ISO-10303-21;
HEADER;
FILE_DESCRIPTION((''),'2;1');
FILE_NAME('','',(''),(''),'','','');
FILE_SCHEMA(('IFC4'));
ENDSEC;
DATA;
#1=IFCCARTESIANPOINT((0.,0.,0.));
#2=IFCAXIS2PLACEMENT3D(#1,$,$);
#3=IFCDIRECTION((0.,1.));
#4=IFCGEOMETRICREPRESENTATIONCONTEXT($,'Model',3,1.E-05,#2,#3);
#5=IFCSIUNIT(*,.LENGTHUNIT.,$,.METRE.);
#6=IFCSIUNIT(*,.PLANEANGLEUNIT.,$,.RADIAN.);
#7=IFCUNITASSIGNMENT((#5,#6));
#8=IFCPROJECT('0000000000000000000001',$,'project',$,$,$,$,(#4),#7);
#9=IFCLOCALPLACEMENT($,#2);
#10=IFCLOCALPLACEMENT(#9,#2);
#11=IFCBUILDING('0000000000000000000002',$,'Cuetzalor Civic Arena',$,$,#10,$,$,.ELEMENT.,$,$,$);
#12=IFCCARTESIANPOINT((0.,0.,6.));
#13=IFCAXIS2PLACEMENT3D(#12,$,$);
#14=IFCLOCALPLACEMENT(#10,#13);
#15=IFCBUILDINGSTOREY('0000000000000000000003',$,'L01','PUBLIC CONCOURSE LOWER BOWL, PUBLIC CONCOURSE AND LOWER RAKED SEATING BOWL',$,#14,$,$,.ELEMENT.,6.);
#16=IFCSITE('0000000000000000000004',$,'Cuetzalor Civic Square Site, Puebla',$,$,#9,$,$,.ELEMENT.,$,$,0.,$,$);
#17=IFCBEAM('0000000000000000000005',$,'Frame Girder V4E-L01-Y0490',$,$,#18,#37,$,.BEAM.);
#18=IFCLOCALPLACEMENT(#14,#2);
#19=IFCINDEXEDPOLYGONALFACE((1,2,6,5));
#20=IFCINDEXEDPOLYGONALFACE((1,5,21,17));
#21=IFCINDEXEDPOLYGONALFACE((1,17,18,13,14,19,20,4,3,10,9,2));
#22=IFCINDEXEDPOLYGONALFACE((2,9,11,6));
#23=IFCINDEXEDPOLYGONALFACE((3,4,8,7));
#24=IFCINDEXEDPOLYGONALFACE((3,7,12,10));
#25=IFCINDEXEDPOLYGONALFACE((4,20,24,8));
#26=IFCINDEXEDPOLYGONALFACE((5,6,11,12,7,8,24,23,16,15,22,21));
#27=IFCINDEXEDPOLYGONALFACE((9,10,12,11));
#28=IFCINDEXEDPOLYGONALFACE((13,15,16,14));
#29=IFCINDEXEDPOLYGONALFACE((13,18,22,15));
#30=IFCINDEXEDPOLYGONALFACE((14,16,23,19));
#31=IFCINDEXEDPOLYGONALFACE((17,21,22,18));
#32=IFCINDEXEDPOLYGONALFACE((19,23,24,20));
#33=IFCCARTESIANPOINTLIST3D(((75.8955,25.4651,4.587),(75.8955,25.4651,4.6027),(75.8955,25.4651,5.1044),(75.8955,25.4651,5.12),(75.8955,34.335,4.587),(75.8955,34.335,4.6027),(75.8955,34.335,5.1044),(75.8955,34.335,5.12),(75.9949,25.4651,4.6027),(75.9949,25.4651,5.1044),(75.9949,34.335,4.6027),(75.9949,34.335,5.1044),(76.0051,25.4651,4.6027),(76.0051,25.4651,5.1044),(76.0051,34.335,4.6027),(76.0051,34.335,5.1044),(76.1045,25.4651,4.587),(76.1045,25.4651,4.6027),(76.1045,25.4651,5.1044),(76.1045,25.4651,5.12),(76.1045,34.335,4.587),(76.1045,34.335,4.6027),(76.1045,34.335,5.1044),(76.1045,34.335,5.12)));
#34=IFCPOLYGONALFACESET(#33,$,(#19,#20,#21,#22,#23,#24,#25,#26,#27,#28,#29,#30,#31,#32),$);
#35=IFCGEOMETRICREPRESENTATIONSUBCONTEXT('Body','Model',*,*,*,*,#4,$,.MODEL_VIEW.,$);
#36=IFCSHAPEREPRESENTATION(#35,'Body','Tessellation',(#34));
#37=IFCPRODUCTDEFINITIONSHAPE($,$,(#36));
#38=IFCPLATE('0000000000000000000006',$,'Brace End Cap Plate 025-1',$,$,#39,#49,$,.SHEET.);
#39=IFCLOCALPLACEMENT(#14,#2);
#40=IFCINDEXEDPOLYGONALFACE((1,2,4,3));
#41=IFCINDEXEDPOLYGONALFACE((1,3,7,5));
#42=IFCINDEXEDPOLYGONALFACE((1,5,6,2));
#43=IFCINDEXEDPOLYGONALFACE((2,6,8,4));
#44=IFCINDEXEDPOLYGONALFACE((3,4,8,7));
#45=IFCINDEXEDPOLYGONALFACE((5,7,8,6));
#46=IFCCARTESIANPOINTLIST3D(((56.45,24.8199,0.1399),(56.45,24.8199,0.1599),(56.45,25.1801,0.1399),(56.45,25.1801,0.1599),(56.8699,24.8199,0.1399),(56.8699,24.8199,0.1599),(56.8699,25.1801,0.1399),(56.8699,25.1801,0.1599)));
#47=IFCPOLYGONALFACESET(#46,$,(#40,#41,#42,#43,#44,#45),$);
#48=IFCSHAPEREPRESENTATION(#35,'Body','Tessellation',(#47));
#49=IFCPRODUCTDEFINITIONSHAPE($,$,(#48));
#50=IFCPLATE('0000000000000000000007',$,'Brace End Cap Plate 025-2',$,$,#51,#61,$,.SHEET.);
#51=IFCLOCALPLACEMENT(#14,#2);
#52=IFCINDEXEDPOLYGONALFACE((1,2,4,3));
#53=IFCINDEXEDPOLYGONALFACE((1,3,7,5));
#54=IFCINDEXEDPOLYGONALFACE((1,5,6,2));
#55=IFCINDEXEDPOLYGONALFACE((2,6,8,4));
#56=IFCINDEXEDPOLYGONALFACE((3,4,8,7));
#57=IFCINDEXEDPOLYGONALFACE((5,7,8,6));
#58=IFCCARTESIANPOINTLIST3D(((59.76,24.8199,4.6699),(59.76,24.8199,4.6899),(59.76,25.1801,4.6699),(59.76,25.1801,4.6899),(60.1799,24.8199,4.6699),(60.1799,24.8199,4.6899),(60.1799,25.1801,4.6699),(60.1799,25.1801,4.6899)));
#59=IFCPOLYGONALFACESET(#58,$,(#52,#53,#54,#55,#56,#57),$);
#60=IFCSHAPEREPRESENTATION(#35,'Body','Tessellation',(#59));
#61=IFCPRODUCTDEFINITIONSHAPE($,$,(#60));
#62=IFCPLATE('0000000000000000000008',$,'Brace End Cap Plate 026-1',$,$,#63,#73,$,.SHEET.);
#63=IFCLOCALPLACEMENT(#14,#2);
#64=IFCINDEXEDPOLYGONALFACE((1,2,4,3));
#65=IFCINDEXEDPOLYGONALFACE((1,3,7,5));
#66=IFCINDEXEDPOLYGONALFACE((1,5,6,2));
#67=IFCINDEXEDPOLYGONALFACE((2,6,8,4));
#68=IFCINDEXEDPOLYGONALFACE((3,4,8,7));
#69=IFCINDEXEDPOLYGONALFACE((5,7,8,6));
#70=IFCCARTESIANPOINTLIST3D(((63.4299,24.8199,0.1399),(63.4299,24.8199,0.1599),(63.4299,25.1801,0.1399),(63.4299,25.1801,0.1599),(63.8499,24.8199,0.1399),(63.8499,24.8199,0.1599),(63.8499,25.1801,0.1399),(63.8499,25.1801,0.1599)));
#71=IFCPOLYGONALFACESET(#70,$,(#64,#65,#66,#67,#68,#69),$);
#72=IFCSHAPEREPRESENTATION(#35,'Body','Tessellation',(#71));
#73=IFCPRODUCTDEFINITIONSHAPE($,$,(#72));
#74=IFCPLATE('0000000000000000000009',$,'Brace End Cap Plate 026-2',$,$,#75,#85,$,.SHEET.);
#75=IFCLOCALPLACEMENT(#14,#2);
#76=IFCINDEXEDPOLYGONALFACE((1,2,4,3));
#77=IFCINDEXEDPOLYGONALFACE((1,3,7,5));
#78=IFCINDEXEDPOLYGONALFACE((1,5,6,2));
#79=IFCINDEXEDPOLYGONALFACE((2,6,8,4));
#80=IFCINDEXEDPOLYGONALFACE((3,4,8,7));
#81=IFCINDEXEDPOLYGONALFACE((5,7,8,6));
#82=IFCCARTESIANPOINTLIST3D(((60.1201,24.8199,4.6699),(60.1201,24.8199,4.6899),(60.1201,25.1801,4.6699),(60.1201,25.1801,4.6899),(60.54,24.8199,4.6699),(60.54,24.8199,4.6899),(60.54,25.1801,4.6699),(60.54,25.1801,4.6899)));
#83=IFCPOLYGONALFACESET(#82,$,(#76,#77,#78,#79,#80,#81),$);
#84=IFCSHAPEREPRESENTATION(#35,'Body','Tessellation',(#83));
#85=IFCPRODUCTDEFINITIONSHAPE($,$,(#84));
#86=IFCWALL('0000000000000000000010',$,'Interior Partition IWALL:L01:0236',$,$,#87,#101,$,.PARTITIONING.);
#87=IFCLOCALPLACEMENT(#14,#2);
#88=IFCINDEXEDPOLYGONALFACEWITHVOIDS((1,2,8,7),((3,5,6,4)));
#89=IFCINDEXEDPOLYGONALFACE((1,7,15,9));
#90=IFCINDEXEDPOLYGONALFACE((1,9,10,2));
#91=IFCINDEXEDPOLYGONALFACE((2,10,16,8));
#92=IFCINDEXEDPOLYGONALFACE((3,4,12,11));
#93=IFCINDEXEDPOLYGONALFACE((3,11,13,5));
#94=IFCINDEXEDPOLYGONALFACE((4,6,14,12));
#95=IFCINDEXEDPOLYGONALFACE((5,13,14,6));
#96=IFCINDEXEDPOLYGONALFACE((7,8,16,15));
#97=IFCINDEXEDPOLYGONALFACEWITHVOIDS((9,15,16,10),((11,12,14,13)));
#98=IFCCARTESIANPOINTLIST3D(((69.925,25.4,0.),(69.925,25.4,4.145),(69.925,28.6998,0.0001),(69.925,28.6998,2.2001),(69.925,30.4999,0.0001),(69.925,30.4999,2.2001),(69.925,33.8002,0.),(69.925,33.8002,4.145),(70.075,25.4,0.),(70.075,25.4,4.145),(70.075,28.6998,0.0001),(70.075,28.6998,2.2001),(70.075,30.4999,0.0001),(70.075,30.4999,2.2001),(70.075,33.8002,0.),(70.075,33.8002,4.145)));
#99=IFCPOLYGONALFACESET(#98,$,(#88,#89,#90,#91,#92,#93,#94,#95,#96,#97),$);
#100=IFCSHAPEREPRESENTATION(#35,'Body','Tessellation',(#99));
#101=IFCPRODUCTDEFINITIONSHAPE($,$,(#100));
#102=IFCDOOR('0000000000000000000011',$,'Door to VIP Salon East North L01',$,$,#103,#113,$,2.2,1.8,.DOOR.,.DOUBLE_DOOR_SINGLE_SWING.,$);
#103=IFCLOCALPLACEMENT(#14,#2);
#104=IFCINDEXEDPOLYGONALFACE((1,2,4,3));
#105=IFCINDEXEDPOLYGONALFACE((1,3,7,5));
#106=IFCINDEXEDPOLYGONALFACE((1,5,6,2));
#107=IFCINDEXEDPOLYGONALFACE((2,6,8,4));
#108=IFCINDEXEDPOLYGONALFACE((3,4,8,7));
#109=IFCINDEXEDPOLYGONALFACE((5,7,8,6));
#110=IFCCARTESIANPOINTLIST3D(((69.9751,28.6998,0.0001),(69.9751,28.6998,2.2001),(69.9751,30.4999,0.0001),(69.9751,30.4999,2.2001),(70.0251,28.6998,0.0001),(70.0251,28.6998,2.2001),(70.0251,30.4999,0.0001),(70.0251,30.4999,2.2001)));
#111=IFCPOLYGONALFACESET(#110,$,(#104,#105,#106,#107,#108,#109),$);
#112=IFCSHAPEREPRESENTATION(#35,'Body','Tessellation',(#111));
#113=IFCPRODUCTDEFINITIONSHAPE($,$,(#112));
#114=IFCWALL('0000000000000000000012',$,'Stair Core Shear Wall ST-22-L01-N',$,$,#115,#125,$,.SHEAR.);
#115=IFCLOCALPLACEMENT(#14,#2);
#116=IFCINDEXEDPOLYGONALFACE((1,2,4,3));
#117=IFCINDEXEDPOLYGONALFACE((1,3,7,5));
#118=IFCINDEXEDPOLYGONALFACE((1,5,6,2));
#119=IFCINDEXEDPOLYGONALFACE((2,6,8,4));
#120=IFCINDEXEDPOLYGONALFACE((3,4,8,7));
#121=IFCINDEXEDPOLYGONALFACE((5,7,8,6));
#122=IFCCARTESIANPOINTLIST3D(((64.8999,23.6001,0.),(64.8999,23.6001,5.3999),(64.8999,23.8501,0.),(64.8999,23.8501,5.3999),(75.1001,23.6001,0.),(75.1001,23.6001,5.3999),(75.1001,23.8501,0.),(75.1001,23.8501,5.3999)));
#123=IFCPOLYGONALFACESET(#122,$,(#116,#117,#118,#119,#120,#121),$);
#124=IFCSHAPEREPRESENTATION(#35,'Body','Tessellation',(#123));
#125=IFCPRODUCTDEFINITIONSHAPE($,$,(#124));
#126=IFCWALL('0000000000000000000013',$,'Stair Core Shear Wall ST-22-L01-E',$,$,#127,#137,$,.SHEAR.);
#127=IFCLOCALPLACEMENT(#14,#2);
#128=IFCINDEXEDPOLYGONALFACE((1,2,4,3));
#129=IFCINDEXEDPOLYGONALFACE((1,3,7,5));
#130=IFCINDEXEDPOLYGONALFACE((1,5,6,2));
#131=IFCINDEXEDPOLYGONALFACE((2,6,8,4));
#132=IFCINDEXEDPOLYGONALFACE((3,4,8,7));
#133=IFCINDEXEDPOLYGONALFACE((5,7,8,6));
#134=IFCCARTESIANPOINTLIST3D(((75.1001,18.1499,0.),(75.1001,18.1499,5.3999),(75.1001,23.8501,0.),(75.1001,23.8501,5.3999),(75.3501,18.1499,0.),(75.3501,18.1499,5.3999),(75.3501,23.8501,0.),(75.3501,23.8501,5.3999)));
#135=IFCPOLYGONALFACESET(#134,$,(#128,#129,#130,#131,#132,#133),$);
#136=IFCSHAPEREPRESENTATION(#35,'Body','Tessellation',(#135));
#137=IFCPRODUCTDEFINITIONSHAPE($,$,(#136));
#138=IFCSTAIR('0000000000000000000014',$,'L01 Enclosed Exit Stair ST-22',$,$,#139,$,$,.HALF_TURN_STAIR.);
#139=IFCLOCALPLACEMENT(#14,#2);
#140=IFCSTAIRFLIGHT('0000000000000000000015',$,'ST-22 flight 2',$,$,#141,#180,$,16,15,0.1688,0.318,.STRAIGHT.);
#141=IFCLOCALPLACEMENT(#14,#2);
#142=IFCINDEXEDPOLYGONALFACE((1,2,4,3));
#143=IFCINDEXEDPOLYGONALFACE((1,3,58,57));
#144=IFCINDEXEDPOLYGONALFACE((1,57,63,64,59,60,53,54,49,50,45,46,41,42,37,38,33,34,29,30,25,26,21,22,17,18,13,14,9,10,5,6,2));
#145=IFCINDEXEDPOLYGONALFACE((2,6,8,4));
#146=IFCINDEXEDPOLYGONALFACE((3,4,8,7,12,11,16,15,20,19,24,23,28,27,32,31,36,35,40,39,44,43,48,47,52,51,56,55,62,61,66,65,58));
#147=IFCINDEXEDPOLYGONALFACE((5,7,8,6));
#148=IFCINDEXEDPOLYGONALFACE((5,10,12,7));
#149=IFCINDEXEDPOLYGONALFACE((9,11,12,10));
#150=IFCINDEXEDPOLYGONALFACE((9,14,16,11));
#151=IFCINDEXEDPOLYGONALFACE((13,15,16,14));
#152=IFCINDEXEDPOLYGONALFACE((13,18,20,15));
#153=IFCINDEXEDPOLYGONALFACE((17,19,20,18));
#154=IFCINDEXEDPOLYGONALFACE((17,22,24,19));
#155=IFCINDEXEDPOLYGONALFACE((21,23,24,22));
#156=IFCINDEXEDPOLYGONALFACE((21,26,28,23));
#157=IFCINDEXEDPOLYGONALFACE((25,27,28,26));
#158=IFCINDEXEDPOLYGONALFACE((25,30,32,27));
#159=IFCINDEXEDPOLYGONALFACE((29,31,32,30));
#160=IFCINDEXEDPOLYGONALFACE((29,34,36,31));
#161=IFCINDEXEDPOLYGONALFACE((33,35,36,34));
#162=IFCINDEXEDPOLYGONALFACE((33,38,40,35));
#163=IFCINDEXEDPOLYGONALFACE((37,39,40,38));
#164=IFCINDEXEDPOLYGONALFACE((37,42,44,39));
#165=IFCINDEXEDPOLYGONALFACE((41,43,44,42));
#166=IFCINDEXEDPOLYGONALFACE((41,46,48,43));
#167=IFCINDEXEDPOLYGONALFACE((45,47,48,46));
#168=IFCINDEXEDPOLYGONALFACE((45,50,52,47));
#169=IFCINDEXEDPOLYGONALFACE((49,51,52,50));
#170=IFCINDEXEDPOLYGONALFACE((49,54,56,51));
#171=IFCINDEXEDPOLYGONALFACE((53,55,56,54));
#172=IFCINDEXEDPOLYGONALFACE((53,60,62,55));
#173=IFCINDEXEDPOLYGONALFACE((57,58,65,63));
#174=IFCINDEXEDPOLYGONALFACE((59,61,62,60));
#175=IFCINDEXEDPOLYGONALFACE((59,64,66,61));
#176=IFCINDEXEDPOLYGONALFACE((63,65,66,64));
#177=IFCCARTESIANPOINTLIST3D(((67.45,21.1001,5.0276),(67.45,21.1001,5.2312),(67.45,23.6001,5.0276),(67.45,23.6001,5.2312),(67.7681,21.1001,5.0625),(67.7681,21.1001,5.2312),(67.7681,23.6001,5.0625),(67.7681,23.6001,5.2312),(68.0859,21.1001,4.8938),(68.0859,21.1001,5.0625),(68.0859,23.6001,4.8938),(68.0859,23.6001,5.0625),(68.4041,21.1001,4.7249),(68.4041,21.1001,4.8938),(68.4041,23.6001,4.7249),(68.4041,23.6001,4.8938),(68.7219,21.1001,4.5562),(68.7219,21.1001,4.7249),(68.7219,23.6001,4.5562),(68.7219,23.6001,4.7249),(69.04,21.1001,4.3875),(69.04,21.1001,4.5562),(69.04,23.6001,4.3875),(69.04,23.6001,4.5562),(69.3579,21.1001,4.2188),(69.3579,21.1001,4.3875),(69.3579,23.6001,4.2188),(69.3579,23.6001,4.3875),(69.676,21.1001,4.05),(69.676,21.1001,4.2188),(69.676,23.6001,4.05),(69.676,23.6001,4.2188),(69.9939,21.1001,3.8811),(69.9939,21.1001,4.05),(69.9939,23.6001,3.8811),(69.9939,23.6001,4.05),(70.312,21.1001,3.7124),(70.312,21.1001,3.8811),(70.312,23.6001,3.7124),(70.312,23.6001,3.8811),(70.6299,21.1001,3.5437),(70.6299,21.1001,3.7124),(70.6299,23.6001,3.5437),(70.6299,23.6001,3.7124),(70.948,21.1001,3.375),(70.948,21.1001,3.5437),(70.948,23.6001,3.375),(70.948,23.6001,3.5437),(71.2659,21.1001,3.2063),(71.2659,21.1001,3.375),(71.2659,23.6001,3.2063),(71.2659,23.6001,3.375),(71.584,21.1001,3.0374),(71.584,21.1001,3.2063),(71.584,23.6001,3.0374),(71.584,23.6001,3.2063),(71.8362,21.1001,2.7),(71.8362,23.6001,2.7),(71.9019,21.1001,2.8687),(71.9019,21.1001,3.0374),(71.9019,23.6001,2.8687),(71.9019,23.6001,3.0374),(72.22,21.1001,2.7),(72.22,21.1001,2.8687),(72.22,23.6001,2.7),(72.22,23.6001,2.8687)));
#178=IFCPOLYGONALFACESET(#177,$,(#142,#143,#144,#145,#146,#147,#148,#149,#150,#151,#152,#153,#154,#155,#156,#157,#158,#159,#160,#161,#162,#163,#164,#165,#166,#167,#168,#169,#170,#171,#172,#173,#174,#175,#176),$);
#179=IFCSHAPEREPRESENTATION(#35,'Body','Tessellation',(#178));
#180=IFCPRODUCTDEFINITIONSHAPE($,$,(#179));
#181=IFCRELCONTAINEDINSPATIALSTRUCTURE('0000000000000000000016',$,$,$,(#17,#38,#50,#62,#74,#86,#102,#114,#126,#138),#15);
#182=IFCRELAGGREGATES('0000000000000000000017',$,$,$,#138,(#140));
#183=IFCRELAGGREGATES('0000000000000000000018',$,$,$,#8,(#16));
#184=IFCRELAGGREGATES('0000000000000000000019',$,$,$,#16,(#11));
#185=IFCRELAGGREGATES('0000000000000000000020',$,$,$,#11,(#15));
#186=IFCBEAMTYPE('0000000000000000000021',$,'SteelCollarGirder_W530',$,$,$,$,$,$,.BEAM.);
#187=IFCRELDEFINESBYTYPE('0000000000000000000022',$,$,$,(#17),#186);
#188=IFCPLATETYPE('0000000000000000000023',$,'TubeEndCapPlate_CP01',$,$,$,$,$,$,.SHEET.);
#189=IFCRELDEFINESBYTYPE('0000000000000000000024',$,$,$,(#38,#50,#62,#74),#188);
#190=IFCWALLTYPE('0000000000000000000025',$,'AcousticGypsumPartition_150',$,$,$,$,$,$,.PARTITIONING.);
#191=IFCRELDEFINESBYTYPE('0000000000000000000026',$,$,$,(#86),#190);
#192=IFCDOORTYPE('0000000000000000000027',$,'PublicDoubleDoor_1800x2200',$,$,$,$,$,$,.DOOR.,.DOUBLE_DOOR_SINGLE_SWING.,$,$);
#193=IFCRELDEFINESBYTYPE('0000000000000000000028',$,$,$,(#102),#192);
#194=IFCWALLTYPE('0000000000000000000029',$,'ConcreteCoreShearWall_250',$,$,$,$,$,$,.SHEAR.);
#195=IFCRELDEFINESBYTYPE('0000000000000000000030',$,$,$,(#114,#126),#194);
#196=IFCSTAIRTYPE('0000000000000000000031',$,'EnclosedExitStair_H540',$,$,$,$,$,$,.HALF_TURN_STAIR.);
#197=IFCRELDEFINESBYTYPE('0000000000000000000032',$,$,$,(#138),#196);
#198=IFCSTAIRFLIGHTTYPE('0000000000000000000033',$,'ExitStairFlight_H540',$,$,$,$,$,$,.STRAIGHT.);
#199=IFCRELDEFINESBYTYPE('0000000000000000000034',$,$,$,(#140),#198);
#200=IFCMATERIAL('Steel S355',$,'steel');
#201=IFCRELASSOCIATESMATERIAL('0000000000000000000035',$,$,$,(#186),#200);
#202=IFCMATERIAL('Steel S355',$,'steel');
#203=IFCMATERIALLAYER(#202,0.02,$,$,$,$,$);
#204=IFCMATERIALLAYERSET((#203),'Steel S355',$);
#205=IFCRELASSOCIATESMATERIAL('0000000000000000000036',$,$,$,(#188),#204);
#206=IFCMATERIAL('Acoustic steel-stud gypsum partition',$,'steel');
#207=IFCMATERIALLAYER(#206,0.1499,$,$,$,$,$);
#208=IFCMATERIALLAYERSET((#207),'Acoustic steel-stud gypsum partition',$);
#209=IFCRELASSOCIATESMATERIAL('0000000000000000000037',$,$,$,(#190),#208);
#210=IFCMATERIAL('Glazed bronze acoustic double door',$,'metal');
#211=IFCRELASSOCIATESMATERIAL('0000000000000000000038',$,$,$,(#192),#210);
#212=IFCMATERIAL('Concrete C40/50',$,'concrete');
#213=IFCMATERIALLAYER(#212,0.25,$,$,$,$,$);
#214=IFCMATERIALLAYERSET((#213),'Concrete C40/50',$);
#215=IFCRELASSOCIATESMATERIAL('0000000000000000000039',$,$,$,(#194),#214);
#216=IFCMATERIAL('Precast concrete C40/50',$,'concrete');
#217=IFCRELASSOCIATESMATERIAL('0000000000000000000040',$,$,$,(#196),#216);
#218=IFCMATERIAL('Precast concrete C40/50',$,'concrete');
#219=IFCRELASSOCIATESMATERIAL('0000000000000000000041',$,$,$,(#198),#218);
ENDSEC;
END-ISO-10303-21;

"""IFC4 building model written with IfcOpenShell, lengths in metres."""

from ifc_helpers import new_model, si_unit, direction, frame, frame_2d, origin, origin_2d, place, context, subcontext, project, spatial, polyline, rectangle, i_section, outline, extrude, material, layer, layer_set, material_profile, profile_set, type_object, element, fill, aggregate, save


model = new_model("IFC4")

# Units and contexts
model_context = context("Model", 3, precision=1e-05, world=origin(), true_north=direction((0.0, 1.0)))
body_context = subcontext(model_context, "Body", "Model", "MODEL_VIEW")
ifc_project = project(units=[si_unit("LENGTHUNIT", "METRE"), si_unit("PLANEANGLEUNIT", "RADIAN")], contexts=[model_context])

# Site, building, storey
site_placement = place(None, origin())
site = spatial("IfcSite", under=ifc_project, at=site_placement, Name="Cuetzalor Civic Square Site, Puebla", CompositionType="ELEMENT", RefElevation=0.0)
building_placement = place(site_placement, origin())
building = spatial("IfcBuilding", under=site, at=building_placement, Name="Cuetzalor Civic Arena", CompositionType="ELEMENT")
storey_placement = place(building_placement, frame((0.0, 0.0, 6.0)))
storey = spatial("IfcBuildingStorey", under=building, at=storey_placement, Name="L01", Description="PUBLIC CONCOURSE LOWER BOWL, PUBLIC CONCOURSE AND LOWER RAKED SEATING BOWL", CompositionType="ELEMENT", Elevation=6.0)

# Beam
ifc_material_1 = material(Name="Steel S355", Category="steel")
ifc_material_profile_1 = material_profile(ifc_material_1, i_section(OverallWidth=0.209, OverallDepth=0.533, WebThickness=0.0103, FlangeThickness=0.0156, at=origin_2d()), Name="W530x92")
ifc_profile_set_1 = profile_set([ifc_material_profile_1], Name="Steel S355")
beam_type_1 = type_object("IfcBeamType", Name="SteelCollarGirder_W530", PredefinedType="BEAM", material=ifc_profile_set_1)
for number, where, z_axis, x_axis, name in (
    (1, (76.0, 25.4651, 4.8535), (0.0, 1.0, 0.0), (-1.0, 0.0, 0.0), "Frame Girder V4E-L01-Y0490"),
):
    element("IfcBeam", number, at=place(storey_placement, frame(where, z_axis=z_axis, x_axis=x_axis)), inside=storey, type_object=beam_type_1, Name=name, PredefinedType="BEAM", context=body_context, shape_type="SweptSolid", body=[
        extrude(i_section(OverallWidth=0.209, OverallDepth=0.533, WebThickness=0.0103, FlangeThickness=0.0156, at=origin_2d()), origin(), (0.0, 0.0, 1.0), 8.8699),
    ])

# Plates
ifc_material_2 = material(Name="Steel S355", Category="steel")
ifc_layer_1 = layer(ifc_material_2, 0.02)
ifc_layer_set_1 = layer_set([ifc_layer_1], Name="Steel S355")
plate_type = type_object("IfcPlateType", Name="TubeEndCapPlate_CP01", PredefinedType="SHEET", material=ifc_layer_set_1)
for number, where, z_axis, x_axis, name in (
    (2, (56.6599, 25.0, 0.1399), (0.0, 0.0, 1.0), (1.0, 0.0, 0.0), "Brace End Cap Plate 025-1"),
    (3, (59.97, 25.0, 4.6699), (0.0, 0.0, 1.0), (1.0, 0.0, 0.0), "Brace End Cap Plate 025-2"),
    (4, (63.6399, 25.0, 0.1399), (0.0, 0.0, 1.0), (1.0, 0.0, 0.0), "Brace End Cap Plate 026-1"),
    (5, (60.3301, 25.0, 4.6699), (0.0, 0.0, 1.0), (1.0, 0.0, 0.0), "Brace End Cap Plate 026-2"),
):
    element("IfcPlate", number, at=place(storey_placement, frame(where, z_axis=z_axis, x_axis=x_axis)), inside=storey, type_object=plate_type, Name=name, PredefinedType="SHEET", context=body_context, shape_type="SweptSolid", body=[
        extrude(rectangle(XDim=0.4199, YDim=0.3601, at=origin_2d()), origin(), (0.0, 0.0, 1.0), 0.02),
    ])

# Wall, opening, door
ifc_material_3 = material(Name="Acoustic steel-stud gypsum partition", Category="steel")
ifc_layer_2 = layer(ifc_material_3, 0.1499)
ifc_layer_set_2 = layer_set([ifc_layer_2], Name="Acoustic steel-stud gypsum partition")
wall_type_1 = type_object("IfcWallType", Name="AcousticGypsumPartition_150", PredefinedType="PARTITIONING", material=ifc_layer_set_2)
wall_1_placement = place(storey_placement, frame((70.0, 25.3999, 0.0), z_axis=(0.0, 0.0, 1.0), x_axis=(0.0, 1.0, 0.0)))
wall_1 = element("IfcWall", 6, at=wall_1_placement, inside=storey, type_object=wall_type_1, Name="Interior Partition IWALL:L01:0236", PredefinedType="PARTITIONING", context=body_context, shape_type="SweptSolid", body=[
    extrude(rectangle(XDim=8.4001, YDim=0.1499, at=frame_2d((4.2002, 0.0))), origin(), (0.0, 0.0, 1.0), 4.145),
])
opening_placement = place(wall_1_placement, frame((3.3, 0.0, 0.0)))
opening = element("IfcOpeningElement", 7, at=opening_placement, cuts=wall_1, PredefinedType="OPENING", context=body_context, shape_type="SweptSolid", body=[
    extrude(rectangle(XDim=1.8, YDim=2.2, at=frame_2d((0.8999, 1.1001))), frame((0.0, 0.085, 0.0), z_axis=(0.0, -1.0, 0.0), x_axis=(1.0, 0.0, 0.0)), (0.0, 0.0, 1.0), 0.1699),
])
ifc_material_4 = material(Name="Glazed bronze acoustic double door", Category="metal")
door_type = type_object("IfcDoorType", Name="PublicDoubleDoor_1800x2200", OperationType="DOUBLE_DOOR_SINGLE_SWING", PredefinedType="DOOR", material=ifc_material_4)
door_placement = place(opening_placement, origin())
door = element("IfcDoor", 8, at=door_placement, inside=storey, type_object=door_type, Name="Door to VIP Salon East North L01", OperationType="DOUBLE_DOOR_SINGLE_SWING", OverallHeight=2.2, OverallWidth=1.8, PredefinedType="DOOR", context=body_context, shape_type="SweptSolid", body=[
    extrude(rectangle(XDim=1.8, YDim=2.2, at=frame_2d((0.8999, 1.1001))), frame((0.0, 0.0249, 0.0), z_axis=(0.0, -1.0, 0.0), x_axis=(1.0, 0.0, 0.0)), (0.0, 0.0, 1.0), 0.05),
])
fill(opening, door)

# Walls
ifc_material_5 = material(Name="Concrete C40/50", Category="concrete")
ifc_layer_3 = layer(ifc_material_5, 0.25)
ifc_layer_set_3 = layer_set([ifc_layer_3], Name="Concrete C40/50")
wall_type_2 = type_object("IfcWallType", Name="ConcreteCoreShearWall_250", PredefinedType="SHEAR", material=ifc_layer_set_3)
wall_2_placement = place(storey_placement, frame((64.8999, 23.7251, 0.0), z_axis=(0.0, 0.0, 1.0), x_axis=(1.0, 0.0, 0.0)))
element("IfcWall", 9, at=wall_2_placement, inside=storey, type_object=wall_type_2, Name="Stair Core Shear Wall ST-22-L01-N", PredefinedType="SHEAR", context=body_context, shape_type="SweptSolid", body=[
    extrude(rectangle(XDim=10.2002, YDim=0.25, at=frame_2d((5.1001, 0.0))), origin(), (0.0, 0.0, 1.0), 5.3999),
])
wall_3_placement = place(storey_placement, frame((75.2251, 23.8501, 0.0), z_axis=(0.0, 0.0, 1.0), x_axis=(0.0, -1.0, 0.0)))
element("IfcWall", 10, at=wall_3_placement, inside=storey, type_object=wall_type_2, Name="Stair Core Shear Wall ST-22-L01-E", PredefinedType="SHEAR", context=body_context, shape_type="SweptSolid", body=[
    extrude(rectangle(XDim=5.7002, YDim=0.25, at=frame_2d((2.8501, 0.0))), origin(), (0.0, 0.0, 1.0), 5.3999),
])

# Stair, stair flight
ifc_material_6 = material(Name="Precast concrete C40/50", Category="concrete")
stair_type = type_object("IfcStairType", Name="EnclosedExitStair_H540", PredefinedType="HALF_TURN_STAIR", material=ifc_material_6)
stair_placement = place(storey_placement, origin())
stair = element("IfcStair", 11, at=stair_placement, inside=storey, type_object=stair_type, Name="L01 Enclosed Exit Stair ST-22", PredefinedType="HALF_TURN_STAIR")
ifc_material_7 = material(Name="Precast concrete C40/50", Category="concrete")
stair_flight_type = type_object("IfcStairFlightType", Name="ExitStairFlight_H540", PredefinedType="STRAIGHT", material=ifc_material_7)
stair_flight_placement = place(storey_placement, frame((72.22, 22.3501, 2.7), z_axis=(0.0, 0.0, 1.0), x_axis=(-1.0, 0.0, 0.0)))
stair_flight = element("IfcStairFlight", 12, at=stair_flight_placement, type_object=stair_flight_type, Name="ST-22 flight 2", NumberOfRisers=16, NumberOfTreads=15, PredefinedType="STRAIGHT", RiserHeight=0.1688, TreadLength=0.318, context=body_context, shape_type="SweptSolid", body=[
    extrude(outline(polyline([(0.0, 0.0), (0.0, 0.1687), (0.3181, 0.1687), (0.3181, 0.3374), (0.636, 0.3374), (0.636, 0.5063), (0.9541, 0.5063), (0.9541, 0.675), (1.272, 0.675), (1.272, 0.8438), (1.5901, 0.8438), (1.5901, 1.0125), (1.908, 1.0125), (1.908, 1.1812), (2.2261, 1.1812), (2.2261, 1.3501), (2.5439, 1.3501), (2.5439, 1.5188), (2.8621, 1.5188), (2.8621, 1.6875), (3.1799, 1.6875), (3.1799, 1.8562), (3.498, 1.8562), (3.498, 2.0249), (3.8159, 2.0249), (3.8159, 2.1938), (4.134, 2.1938), (4.134, 2.3625), (4.4519, 2.3625), (4.4519, 2.5312), (4.77, 2.5312), (4.77, 2.7), (4.77, 2.3276), (0.3838, 0.0), (0.0, 0.0)])), frame((0.0, 1.25, 0.0), z_axis=(0.0, -1.0, 0.0), x_axis=(1.0, 0.0, 0.0)), (0.0, 0.0, 1.0), 2.5),
])
aggregate(stair, [stair_flight])

save(model, "model.ifc")
